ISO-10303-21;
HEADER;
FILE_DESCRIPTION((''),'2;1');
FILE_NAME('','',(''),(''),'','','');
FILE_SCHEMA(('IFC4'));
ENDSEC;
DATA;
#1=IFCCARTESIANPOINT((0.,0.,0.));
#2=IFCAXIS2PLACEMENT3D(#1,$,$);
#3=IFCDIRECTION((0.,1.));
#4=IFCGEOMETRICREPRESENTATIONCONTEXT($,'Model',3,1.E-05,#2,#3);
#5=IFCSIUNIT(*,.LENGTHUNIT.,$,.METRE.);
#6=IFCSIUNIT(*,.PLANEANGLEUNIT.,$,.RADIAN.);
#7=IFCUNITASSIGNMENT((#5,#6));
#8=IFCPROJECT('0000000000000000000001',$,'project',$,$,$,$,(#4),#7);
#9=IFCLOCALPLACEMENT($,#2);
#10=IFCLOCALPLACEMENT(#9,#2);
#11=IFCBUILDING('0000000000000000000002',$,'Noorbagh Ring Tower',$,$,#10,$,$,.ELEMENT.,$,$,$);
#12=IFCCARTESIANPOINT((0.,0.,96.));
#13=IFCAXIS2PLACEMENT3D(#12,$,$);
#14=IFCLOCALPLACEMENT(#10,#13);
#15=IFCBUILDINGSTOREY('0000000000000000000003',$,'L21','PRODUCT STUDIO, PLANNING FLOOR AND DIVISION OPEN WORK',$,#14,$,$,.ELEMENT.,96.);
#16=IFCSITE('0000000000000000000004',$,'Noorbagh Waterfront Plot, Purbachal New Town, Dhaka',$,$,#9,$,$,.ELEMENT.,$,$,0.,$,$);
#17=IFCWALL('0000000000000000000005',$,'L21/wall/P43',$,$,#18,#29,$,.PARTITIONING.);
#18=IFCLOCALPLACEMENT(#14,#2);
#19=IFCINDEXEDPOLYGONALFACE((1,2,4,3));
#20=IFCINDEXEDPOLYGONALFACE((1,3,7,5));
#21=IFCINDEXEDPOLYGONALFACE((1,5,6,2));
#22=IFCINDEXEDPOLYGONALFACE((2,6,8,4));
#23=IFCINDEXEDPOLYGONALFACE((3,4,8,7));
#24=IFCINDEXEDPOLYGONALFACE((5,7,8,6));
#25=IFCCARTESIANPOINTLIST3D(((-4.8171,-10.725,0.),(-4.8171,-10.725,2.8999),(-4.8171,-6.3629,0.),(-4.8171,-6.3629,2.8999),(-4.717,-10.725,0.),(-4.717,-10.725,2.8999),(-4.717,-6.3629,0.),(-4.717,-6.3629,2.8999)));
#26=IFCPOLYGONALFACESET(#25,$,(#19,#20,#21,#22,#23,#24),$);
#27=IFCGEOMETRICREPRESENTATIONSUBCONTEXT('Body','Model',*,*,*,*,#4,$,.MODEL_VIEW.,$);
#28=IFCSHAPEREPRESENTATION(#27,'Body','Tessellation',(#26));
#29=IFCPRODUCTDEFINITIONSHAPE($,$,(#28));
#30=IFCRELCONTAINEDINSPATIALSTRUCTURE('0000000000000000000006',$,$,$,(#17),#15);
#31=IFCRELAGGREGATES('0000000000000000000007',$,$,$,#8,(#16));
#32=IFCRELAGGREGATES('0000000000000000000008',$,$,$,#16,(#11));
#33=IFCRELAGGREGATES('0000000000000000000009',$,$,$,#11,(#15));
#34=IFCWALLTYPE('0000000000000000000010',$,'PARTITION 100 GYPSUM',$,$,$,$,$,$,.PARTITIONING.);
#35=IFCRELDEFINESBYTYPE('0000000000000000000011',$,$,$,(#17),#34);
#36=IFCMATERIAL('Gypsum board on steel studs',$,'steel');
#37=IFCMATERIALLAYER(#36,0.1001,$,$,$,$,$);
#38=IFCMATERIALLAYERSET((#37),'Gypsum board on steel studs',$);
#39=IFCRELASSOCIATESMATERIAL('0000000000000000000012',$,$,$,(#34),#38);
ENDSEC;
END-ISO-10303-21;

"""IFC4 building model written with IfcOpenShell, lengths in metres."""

from ifc_helpers import new_model, si_unit, direction, frame, frame_2d, origin, place, context, subcontext, project, spatial, rectangle, extrude, material, layer, layer_set, type_object, element, save


model = new_model("IFC4")

# Units and contexts
model_context = context("Model", 3, precision=1e-05, world=origin(), true_north=direction((0.0, 1.0)))
body_context = subcontext(model_context, "Body", "Model", "MODEL_VIEW")
ifc_project = project(units=[si_unit("LENGTHUNIT", "METRE"), si_unit("PLANEANGLEUNIT", "RADIAN")], contexts=[model_context])

# Site, building, storey
site_placement = place(None, origin())
site = spatial("IfcSite", under=ifc_project, at=site_placement, Name="Noorbagh Waterfront Plot, Purbachal New Town, Dhaka", CompositionType="ELEMENT", RefElevation=0.0)
building_placement = place(site_placement, origin())
building = spatial("IfcBuilding", under=site, at=building_placement, Name="Noorbagh Ring Tower", CompositionType="ELEMENT")
storey_placement = place(building_placement, frame((0.0, 0.0, 96.0)))
storey = spatial("IfcBuildingStorey", under=building, at=storey_placement, Name="L21", Description="PRODUCT STUDIO, PLANNING FLOOR AND DIVISION OPEN WORK", CompositionType="ELEMENT", Elevation=96.0)

# Wall
ifc_material_1 = material(Name="Gypsum board on steel studs", Category="steel")
ifc_layer_1 = layer(ifc_material_1, 0.1001)
ifc_layer_set_1 = layer_set([ifc_layer_1], Name="Gypsum board on steel studs")
wall_type_1 = type_object("IfcWallType", Name="PARTITION 100 GYPSUM", PredefinedType="PARTITIONING", material=ifc_layer_set_1)
wall_1_placement = place(storey_placement, frame((-4.7671, -10.7251, 0.0), z_axis=(0.0, 0.0, 1.0), x_axis=(0.0, 1.0, 0.0)))
element("IfcWall", 1, at=wall_1_placement, inside=storey, type_object=wall_type_1, Name="L21/wall/P43", PredefinedType="PARTITIONING", context=body_context, shape_type="SweptSolid", body=[
    extrude(rectangle(XDim=4.3621, YDim=0.1001, at=frame_2d((2.1812, 0.0))), origin(), (0.0, 0.0, 1.0), 2.8999),
])

save(model, "model.ifc")
